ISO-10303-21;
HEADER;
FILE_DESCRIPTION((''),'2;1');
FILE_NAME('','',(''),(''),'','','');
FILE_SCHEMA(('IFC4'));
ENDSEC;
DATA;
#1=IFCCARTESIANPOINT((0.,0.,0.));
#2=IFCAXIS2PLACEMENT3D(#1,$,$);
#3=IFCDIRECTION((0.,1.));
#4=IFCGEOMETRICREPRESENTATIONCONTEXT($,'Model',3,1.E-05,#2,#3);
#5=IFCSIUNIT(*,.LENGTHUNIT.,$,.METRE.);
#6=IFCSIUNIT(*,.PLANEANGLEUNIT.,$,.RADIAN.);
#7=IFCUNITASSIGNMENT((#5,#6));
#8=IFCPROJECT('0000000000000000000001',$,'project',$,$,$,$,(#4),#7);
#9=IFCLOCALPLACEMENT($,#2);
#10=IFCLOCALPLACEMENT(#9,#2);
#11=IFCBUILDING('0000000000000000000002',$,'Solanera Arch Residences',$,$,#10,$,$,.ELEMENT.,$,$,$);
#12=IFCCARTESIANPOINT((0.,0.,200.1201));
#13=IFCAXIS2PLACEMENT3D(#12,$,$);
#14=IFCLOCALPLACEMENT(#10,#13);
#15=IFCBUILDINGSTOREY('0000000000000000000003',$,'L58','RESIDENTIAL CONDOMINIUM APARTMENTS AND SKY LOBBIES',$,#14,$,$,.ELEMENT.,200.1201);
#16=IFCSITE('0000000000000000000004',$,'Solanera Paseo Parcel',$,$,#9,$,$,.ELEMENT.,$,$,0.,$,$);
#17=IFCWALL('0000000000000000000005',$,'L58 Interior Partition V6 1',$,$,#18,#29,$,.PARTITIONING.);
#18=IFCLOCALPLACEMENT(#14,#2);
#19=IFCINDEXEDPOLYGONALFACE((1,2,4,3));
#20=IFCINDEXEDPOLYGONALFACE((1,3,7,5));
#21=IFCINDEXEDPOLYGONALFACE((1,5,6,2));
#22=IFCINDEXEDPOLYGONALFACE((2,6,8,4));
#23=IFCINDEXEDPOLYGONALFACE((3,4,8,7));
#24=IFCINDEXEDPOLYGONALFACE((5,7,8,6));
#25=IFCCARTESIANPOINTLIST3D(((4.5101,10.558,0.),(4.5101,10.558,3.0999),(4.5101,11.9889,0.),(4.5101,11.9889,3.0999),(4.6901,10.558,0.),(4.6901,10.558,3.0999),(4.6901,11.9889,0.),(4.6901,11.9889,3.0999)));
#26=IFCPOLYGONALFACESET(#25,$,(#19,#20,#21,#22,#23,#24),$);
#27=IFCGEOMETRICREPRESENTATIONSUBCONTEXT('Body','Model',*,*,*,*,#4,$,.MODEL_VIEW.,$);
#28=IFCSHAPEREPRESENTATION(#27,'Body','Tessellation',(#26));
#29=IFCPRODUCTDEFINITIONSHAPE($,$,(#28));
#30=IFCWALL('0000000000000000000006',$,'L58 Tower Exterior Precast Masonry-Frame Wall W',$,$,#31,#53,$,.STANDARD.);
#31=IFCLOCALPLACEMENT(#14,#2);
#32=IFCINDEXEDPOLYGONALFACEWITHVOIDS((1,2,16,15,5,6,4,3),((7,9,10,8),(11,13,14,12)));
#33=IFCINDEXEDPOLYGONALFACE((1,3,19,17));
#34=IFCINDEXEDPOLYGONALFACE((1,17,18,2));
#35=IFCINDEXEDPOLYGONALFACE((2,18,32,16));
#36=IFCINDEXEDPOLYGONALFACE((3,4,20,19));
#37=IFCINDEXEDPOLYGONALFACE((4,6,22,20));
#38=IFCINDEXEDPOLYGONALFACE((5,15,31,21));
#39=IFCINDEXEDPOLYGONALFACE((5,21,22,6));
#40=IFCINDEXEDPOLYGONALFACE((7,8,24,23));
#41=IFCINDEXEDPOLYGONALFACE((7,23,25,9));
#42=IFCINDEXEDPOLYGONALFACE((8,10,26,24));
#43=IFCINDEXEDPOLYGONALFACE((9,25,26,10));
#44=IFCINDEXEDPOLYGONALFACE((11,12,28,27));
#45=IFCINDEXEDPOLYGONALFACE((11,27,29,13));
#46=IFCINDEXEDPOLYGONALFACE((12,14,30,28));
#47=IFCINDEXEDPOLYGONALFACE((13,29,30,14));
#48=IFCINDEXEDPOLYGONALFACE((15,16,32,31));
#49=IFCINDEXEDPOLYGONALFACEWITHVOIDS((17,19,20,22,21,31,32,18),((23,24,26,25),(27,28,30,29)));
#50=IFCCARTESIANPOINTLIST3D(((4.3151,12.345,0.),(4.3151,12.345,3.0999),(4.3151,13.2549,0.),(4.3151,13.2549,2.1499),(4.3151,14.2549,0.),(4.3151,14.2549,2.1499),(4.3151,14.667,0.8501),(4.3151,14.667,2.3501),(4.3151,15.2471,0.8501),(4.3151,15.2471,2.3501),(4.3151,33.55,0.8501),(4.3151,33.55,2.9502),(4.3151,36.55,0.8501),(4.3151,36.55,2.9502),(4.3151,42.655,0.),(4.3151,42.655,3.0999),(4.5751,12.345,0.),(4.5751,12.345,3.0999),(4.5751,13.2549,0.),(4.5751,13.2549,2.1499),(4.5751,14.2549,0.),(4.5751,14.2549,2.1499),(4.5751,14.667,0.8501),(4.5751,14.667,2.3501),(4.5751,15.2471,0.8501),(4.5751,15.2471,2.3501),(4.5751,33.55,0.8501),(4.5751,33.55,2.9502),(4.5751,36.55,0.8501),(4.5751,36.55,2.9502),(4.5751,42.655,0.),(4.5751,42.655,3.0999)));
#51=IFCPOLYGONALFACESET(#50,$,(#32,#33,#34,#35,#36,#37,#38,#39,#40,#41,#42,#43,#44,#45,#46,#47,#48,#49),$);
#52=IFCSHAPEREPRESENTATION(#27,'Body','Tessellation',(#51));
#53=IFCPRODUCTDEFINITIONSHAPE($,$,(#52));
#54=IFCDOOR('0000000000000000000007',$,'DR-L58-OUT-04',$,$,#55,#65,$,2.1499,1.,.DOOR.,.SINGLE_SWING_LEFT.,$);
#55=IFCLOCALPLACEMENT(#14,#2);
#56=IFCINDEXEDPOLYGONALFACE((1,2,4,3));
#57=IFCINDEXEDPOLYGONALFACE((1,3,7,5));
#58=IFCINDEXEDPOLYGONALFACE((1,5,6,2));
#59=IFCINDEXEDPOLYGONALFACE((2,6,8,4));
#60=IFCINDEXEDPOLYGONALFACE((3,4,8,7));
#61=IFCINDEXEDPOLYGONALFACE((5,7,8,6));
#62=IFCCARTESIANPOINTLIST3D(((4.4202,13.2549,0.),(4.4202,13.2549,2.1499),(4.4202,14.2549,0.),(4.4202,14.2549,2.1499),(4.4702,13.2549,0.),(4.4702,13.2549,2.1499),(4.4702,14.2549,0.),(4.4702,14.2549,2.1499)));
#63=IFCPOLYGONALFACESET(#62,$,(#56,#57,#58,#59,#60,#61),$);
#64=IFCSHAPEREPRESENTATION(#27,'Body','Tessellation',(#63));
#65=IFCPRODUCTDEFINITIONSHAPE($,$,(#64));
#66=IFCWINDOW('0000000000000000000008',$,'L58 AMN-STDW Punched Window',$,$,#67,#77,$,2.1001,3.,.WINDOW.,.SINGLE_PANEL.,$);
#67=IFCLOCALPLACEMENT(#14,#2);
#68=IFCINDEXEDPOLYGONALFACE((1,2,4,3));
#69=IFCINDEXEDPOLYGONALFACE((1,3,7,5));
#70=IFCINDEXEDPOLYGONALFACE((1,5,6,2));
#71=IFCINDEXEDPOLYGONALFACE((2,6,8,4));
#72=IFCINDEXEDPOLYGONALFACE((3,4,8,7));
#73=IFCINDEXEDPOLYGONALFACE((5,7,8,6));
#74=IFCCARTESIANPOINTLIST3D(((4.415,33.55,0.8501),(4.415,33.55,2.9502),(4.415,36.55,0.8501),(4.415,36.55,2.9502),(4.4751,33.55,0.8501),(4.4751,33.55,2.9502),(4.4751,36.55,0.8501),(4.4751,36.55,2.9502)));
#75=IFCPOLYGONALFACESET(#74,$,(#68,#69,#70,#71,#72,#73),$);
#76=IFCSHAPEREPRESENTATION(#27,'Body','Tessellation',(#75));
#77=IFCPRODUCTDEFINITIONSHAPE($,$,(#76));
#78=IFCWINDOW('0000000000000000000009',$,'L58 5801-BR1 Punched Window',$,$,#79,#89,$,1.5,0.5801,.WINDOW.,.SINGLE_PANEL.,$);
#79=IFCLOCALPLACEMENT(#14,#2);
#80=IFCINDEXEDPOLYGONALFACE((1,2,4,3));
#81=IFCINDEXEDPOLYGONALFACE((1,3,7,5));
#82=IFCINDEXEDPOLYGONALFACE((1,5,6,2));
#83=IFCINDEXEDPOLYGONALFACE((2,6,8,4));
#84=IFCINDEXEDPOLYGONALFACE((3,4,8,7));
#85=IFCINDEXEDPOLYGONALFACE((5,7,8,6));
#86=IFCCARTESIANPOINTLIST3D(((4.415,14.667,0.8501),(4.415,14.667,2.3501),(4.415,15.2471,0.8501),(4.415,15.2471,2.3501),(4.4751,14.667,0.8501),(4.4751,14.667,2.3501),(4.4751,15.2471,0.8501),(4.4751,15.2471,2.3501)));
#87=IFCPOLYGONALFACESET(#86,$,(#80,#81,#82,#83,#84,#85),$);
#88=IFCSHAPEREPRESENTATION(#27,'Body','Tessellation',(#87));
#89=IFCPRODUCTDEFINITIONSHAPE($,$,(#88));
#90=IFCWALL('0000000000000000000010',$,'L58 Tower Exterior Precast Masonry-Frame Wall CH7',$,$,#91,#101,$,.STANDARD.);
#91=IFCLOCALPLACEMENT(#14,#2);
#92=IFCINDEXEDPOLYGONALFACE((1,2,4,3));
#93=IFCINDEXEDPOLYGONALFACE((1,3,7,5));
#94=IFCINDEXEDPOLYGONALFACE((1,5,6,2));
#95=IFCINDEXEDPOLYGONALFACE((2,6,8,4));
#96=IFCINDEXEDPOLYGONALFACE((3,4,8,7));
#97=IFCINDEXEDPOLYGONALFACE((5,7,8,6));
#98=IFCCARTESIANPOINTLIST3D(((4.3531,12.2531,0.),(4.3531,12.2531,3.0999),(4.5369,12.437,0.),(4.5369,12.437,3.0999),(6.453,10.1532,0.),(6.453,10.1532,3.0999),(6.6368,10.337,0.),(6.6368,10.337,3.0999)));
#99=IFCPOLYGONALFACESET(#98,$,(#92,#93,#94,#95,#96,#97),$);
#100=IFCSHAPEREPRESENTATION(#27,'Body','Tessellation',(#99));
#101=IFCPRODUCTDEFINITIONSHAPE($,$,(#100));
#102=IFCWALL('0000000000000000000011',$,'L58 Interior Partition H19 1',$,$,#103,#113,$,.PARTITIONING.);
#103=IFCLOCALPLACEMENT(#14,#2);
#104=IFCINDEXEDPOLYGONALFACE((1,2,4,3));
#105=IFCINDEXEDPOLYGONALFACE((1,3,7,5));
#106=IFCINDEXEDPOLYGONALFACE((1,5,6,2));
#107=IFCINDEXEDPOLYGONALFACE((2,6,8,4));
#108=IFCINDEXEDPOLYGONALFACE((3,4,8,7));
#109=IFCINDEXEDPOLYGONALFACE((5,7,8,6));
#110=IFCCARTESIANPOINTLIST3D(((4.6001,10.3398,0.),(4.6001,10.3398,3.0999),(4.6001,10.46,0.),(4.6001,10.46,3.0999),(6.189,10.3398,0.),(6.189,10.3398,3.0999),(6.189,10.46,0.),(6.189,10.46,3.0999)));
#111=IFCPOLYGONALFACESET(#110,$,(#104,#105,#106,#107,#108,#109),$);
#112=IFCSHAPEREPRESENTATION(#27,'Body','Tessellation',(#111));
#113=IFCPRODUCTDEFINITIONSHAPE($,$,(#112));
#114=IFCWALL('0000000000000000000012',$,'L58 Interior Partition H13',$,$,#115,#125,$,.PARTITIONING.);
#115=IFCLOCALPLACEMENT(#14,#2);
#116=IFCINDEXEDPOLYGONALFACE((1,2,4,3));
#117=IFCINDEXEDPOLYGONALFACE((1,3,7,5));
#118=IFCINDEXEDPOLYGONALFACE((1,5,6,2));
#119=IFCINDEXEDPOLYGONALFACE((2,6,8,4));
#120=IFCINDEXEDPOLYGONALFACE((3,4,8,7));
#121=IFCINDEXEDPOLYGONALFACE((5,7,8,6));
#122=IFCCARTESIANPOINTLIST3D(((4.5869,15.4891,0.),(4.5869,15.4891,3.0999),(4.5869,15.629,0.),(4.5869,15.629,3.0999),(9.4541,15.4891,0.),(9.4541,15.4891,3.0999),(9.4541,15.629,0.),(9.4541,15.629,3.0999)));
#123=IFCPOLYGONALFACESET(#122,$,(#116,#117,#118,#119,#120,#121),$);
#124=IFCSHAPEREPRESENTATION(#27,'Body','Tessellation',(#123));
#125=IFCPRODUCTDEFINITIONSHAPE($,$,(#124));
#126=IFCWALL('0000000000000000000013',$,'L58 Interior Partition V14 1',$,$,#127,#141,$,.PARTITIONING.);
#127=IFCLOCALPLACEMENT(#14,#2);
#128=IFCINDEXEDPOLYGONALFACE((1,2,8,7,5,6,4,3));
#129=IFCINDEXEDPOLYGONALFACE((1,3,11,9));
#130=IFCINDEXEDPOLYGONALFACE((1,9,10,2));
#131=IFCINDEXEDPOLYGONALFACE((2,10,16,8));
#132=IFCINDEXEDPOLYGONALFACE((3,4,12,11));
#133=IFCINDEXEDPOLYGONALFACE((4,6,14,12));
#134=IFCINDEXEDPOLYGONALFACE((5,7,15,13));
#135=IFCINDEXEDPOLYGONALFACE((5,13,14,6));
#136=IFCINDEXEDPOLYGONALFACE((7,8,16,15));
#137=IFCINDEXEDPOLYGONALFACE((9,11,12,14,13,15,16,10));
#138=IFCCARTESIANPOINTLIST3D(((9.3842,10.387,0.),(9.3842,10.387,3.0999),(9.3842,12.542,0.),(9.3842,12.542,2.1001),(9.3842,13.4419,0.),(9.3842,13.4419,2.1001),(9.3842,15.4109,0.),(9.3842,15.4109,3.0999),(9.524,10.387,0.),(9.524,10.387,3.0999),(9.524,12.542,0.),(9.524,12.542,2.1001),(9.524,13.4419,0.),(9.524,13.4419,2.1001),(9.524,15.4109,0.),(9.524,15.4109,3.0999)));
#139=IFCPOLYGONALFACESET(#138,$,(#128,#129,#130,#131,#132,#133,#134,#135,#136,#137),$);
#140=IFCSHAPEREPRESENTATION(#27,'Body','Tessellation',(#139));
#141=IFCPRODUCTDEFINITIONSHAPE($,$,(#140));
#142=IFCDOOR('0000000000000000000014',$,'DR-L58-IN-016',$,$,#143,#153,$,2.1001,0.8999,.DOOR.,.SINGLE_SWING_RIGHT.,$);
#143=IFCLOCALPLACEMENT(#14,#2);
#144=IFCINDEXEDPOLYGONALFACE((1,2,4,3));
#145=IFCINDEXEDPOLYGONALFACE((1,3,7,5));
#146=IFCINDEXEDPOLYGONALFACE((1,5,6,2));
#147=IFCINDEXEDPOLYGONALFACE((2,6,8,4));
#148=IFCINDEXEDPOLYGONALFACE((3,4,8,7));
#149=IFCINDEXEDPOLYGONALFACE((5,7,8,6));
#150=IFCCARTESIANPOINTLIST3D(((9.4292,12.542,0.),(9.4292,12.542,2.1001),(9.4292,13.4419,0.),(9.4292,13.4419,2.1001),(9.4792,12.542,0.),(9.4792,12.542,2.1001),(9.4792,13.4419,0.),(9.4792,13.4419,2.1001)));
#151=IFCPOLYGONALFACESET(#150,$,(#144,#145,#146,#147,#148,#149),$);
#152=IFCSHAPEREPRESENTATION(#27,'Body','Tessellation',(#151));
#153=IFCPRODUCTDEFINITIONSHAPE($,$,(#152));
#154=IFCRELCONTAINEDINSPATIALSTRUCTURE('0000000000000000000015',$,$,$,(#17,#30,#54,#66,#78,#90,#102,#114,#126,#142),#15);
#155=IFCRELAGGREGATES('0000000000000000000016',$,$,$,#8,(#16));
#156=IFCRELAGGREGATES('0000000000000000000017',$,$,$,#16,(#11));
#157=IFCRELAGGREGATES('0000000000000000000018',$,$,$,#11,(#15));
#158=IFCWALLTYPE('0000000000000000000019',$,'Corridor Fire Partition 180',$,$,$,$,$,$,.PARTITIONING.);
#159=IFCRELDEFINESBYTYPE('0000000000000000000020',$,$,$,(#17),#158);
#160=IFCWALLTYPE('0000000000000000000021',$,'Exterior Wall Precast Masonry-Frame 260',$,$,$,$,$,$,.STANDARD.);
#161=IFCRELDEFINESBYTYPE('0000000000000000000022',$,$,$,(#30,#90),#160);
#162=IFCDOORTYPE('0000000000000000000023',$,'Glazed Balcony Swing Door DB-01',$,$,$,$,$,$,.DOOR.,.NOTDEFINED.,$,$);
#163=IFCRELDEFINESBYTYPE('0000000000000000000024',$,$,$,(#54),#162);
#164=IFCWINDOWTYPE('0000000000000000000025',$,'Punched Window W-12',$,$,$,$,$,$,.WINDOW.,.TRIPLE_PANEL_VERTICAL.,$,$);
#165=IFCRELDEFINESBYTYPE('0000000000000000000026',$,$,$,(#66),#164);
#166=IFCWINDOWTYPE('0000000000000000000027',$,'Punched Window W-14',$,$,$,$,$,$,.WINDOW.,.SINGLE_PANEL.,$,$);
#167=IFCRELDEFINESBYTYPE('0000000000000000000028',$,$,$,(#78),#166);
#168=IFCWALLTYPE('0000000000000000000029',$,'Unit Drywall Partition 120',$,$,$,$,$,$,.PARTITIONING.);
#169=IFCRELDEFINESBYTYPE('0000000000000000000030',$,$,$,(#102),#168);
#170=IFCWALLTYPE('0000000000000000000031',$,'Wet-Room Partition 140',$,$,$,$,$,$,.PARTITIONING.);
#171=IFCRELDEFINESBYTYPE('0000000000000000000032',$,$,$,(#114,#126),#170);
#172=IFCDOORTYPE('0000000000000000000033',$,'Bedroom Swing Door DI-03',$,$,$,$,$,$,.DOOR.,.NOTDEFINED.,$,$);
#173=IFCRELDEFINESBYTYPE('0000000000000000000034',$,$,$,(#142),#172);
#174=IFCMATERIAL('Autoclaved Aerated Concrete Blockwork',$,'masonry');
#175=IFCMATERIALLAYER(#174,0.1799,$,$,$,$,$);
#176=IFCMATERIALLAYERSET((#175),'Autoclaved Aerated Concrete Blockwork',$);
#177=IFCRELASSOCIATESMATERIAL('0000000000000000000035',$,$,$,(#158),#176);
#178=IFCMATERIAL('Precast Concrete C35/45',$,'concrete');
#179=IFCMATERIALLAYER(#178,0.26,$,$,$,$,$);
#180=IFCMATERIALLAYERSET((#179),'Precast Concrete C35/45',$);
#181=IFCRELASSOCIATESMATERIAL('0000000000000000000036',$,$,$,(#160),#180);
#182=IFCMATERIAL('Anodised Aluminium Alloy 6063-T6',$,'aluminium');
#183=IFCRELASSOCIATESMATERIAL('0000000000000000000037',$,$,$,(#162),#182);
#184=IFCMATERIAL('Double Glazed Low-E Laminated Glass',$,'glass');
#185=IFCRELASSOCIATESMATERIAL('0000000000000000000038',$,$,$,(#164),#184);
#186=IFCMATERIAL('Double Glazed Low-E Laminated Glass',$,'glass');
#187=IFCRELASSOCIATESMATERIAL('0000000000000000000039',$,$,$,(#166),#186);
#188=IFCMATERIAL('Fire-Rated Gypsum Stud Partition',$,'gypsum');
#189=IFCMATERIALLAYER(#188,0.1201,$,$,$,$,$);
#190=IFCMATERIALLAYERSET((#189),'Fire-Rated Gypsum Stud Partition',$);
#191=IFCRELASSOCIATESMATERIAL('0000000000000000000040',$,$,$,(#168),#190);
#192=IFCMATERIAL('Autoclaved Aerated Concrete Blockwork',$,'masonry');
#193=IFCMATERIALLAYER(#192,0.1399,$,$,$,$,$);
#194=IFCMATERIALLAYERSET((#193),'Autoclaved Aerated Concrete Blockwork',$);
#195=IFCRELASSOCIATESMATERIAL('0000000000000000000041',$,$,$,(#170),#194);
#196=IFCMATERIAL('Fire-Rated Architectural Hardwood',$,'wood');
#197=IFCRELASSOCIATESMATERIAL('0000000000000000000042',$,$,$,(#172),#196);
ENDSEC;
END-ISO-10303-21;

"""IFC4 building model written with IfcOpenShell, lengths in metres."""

from ifc_helpers import new_model, si_unit, direction, frame, frame_2d, origin, place, context, subcontext, project, spatial, rectangle, extrude, material, layer, layer_set, type_object, element, fill, save


model = new_model("IFC4")

# Units and contexts
model_context = context("Model", 3, precision=1e-05, world=origin(), true_north=direction((0.0, 1.0)))
body_context = subcontext(model_context, "Body", "Model", "MODEL_VIEW")
ifc_project = project(units=[si_unit("LENGTHUNIT", "METRE"), si_unit("PLANEANGLEUNIT", "RADIAN")], contexts=[model_context])

# Site, building, storey
site_placement = place(None, origin())
site = spatial("IfcSite", under=ifc_project, at=site_placement, Name="Solanera Paseo Parcel", CompositionType="ELEMENT", RefElevation=0.0)
building_placement = place(site_placement, origin())
building = spatial("IfcBuilding", under=site, at=building_placement, Name="Solanera Arch Residences", CompositionType="ELEMENT")
storey_placement = place(building_placement, frame((0.0, 0.0, 200.1201)))
storey = spatial("IfcBuildingStorey", under=building, at=storey_placement, Name="L58", Description="RESIDENTIAL CONDOMINIUM APARTMENTS AND SKY LOBBIES", CompositionType="ELEMENT", Elevation=200.1201)

# Wall
ifc_material_1 = material(Name="Autoclaved Aerated Concrete Blockwork", Category="masonry")
ifc_layer_1 = layer(ifc_material_1, 0.1799)
ifc_layer_set_1 = layer_set([ifc_layer_1], Name="Autoclaved Aerated Concrete Blockwork")
wall_type_1 = type_object("IfcWallType", Name="Corridor Fire Partition 180", PredefinedType="PARTITIONING", material=ifc_layer_set_1)
wall_1_placement = place(storey_placement, frame((4.6001, 10.5581, 0.0), z_axis=(0.0, 0.0, 1.0), x_axis=(0.0, 1.0, 0.0)))
element("IfcWall", 1, at=wall_1_placement, inside=storey, type_object=wall_type_1, Name="L58 Interior Partition V6 1", PredefinedType="PARTITIONING", context=body_context, shape_type="SweptSolid", body=[
    extrude(rectangle(XDim=1.4309, YDim=0.1799, at=frame_2d((0.7153, 0.0))), origin(), (0.0, 0.0, 1.0), 3.0999),
])

# Wall, openings, door, windows
ifc_material_2 = material(Name="Precast Concrete C35/45", Category="concrete")
ifc_layer_2 = layer(ifc_material_2, 0.26)
ifc_layer_set_2 = layer_set([ifc_layer_2], Name="Precast Concrete C35/45")
wall_type_2 = type_object("IfcWallType", Name="Exterior Wall Precast Masonry-Frame 260", PredefinedType="STANDARD", material=ifc_layer_set_2)
wall_2_placement = place(storey_placement, frame((4.4451, 12.345, 0.0), z_axis=(0.0, 0.0, 1.0), x_axis=(0.0, 1.0, 0.0)))
wall_2 = element("IfcWall", 2, at=wall_2_placement, inside=storey, type_object=wall_type_2, Name="L58 Tower Exterior Precast Masonry-Frame Wall W", PredefinedType="STANDARD", context=body_context, shape_type="SweptSolid", body=[
    extrude(rectangle(XDim=30.3101, YDim=0.26, at=frame_2d((15.155, 0.0))), origin(), (0.0, 0.0, 1.0), 3.0999),
])
opening_1_placement = place(wall_2_placement, frame((0.9099, 0.0, 0.0)))
opening_1 = element("IfcOpeningElement", 3, at=opening_1_placement, cuts=wall_2, PredefinedType="OPENING", context=body_context, shape_type="SweptSolid", body=[
    extrude(rectangle(XDim=1.0, YDim=2.1499, at=frame_2d((0.5, 1.075))), frame((0.0, 0.1399, 0.0), z_axis=(0.0, -1.0, 0.0), x_axis=(1.0, 0.0, 0.0)), (0.0, 0.0, 1.0), 0.28),
])
opening_2_placement = place(wall_2_placement, frame((2.322, 0.0, 0.8501)))
opening_2 = element("IfcOpeningElement", 4, at=opening_2_placement, cuts=wall_2, PredefinedType="OPENING", context=body_context, shape_type="SweptSolid", body=[
    extrude(rectangle(XDim=0.5801, YDim=1.5, at=frame_2d((0.29, 0.75))), frame((0.0, 0.1399, 0.0), z_axis=(0.0, -1.0, 0.0), x_axis=(1.0, 0.0, 0.0)), (0.0, 0.0, 1.0), 0.28),
])
opening_3_placement = place(wall_2_placement, frame((21.2051, 0.0, 0.8501)))
opening_3 = element("IfcOpeningElement", 5, at=opening_3_placement, cuts=wall_2, PredefinedType="OPENING", context=body_context, shape_type="SweptSolid", body=[
    extrude(rectangle(XDim=3.0, YDim=2.1001, at=frame_2d((1.5, 1.05))), frame((0.0, 0.1399, 0.0), z_axis=(0.0, -1.0, 0.0), x_axis=(1.0, 0.0, 0.0)), (0.0, 0.0, 1.0), 0.28),
])
ifc_material_3 = material(Name="Anodised Aluminium Alloy 6063-T6", Category="aluminium")
door_type_1 = type_object("IfcDoorType", Name="Glazed Balcony Swing Door DB-01", OperationType="NOTDEFINED", PredefinedType="DOOR", material=ifc_material_3)
door_1_placement = place(opening_1_placement, origin())
door_1 = element("IfcDoor", 6, at=door_1_placement, inside=storey, type_object=door_type_1, Name="DR-L58-OUT-04", OperationType="SINGLE_SWING_LEFT", OverallHeight=2.1499, OverallWidth=1.0, PredefinedType="DOOR", context=body_context, shape_type="SweptSolid", body=[
    extrude(rectangle(XDim=1.0, YDim=2.1499, at=frame_2d((0.5, 1.075))), frame((0.0, 0.0249, 0.0), z_axis=(0.0, -1.0, 0.0), x_axis=(1.0, 0.0, 0.0)), (0.0, 0.0, 1.0), 0.05),
])
fill(opening_1, door_1)
ifc_material_4 = material(Name="Double Glazed Low-E Laminated Glass", Category="glass")
window_type_1 = type_object("IfcWindowType", Name="Punched Window W-12", PartitioningType="TRIPLE_PANEL_VERTICAL", PredefinedType="WINDOW", material=ifc_material_4)
window_1_placement = place(opening_3_placement, origin())
window_1 = element("IfcWindow", 7, at=window_1_placement, inside=storey, type_object=window_type_1, Name="L58 AMN-STDW Punched Window", OverallHeight=2.1001, OverallWidth=3.0, PartitioningType="SINGLE_PANEL", PredefinedType="WINDOW", context=body_context, shape_type="SweptSolid", body=[
    extrude(rectangle(XDim=3.0, YDim=2.1001, at=frame_2d((1.5, 1.05))), frame((0.0, 0.03, 0.0), z_axis=(0.0, -1.0, 0.0), x_axis=(1.0, 0.0, 0.0)), (0.0, 0.0, 1.0), 0.0601),
])
fill(opening_3, window_1)
ifc_material_5 = material(Name="Double Glazed Low-E Laminated Glass", Category="glass")
window_type_2 = type_object("IfcWindowType", Name="Punched Window W-14", PartitioningType="SINGLE_PANEL", PredefinedType="WINDOW", material=ifc_material_5)
window_2_placement = place(opening_2_placement, origin())
window_2 = element("IfcWindow", 8, at=window_2_placement, inside=storey, type_object=window_type_2, Name="L58 5801-BR1 Punched Window", OverallHeight=1.5, OverallWidth=0.5801, PartitioningType="SINGLE_PANEL", PredefinedType="WINDOW", context=body_context, shape_type="SweptSolid", body=[
    extrude(rectangle(XDim=0.5801, YDim=1.5, at=frame_2d((0.29, 0.75))), frame((0.0, 0.03, 0.0), z_axis=(0.0, -1.0, 0.0), x_axis=(1.0, 0.0, 0.0)), (0.0, 0.0, 1.0), 0.0601),
])
fill(opening_2, window_2)

# Walls
wall_3_placement = place(storey_placement, frame((6.5449, 10.2451, 0.0), z_axis=(0.0, 0.0, 1.0), x_axis=(-0.707107, 0.707107, 0.0)))
element("IfcWall", 9, at=wall_3_placement, inside=storey, type_object=wall_type_2, Name="L58 Tower Exterior Precast Masonry-Frame Wall CH7", PredefinedType="STANDARD", context=body_context, shape_type="SweptSolid", body=[
    extrude(rectangle(XDim=2.9697, YDim=0.26, at=frame_2d((1.4849, 0.0))), origin(), (0.0, 0.0, 1.0), 3.0999),
])
ifc_material_6 = material(Name="Fire-Rated Gypsum Stud Partition", Category="gypsum")
ifc_layer_3 = layer(ifc_material_6, 0.1201)
ifc_layer_set_3 = layer_set([ifc_layer_3], Name="Fire-Rated Gypsum Stud Partition")
wall_type_3 = type_object("IfcWallType", Name="Unit Drywall Partition 120", PredefinedType="PARTITIONING", material=ifc_layer_set_3)
wall_4_placement = place(storey_placement, frame((4.6001, 10.3999, 0.0), z_axis=(0.0, 0.0, 1.0), x_axis=(1.0, 0.0, 0.0)))
element("IfcWall", 10, at=wall_4_placement, inside=storey, type_object=wall_type_3, Name="L58 Interior Partition H19 1", PredefinedType="PARTITIONING", context=body_context, shape_type="SweptSolid", body=[
    extrude(rectangle(XDim=1.5889, YDim=0.1201, at=frame_2d((0.7944, 0.0))), origin(), (0.0, 0.0, 1.0), 3.0999),
])
ifc_material_7 = material(Name="Autoclaved Aerated Concrete Blockwork", Category="masonry")
ifc_layer_4 = layer(ifc_material_7, 0.1399)
ifc_layer_set_4 = layer_set([ifc_layer_4], Name="Autoclaved Aerated Concrete Blockwork")
wall_type_4 = type_object("IfcWallType", Name="Wet-Room Partition 140", PredefinedType="PARTITIONING", material=ifc_layer_set_4)
wall_5_placement = place(storey_placement, frame((4.5869, 15.5591, 0.0), z_axis=(0.0, 0.0, 1.0), x_axis=(1.0, 0.0, 0.0)))
element("IfcWall", 11, at=wall_5_placement, inside=storey, type_object=wall_type_4, Name="L58 Interior Partition H13", PredefinedType="PARTITIONING", context=body_context, shape_type="SweptSolid", body=[
    extrude(rectangle(XDim=4.8672, YDim=0.1399, at=frame_2d((2.4336, 0.0))), origin(), (0.0, 0.0, 1.0), 3.0999),
])

# Wall, opening, door
wall_6_placement = place(storey_placement, frame((9.4541, 10.387, 0.0), z_axis=(0.0, 0.0, 1.0), x_axis=(0.0, 1.0, 0.0)))
wall_6 = element("IfcWall", 12, at=wall_6_placement, inside=storey, type_object=wall_type_4, Name="L58 Interior Partition V14 1", PredefinedType="PARTITIONING", context=body_context, shape_type="SweptSolid", body=[
    extrude(rectangle(XDim=5.0239, YDim=0.1399, at=frame_2d((2.512, 0.0))), origin(), (0.0, 0.0, 1.0), 3.0999),
])
opening_4_placement = place(wall_6_placement, frame((2.155, 0.0, 0.0)))
opening_4 = element("IfcOpeningElement", 13, at=opening_4_placement, cuts=wall_6, PredefinedType="OPENING", context=body_context, shape_type="SweptSolid", body=[
    extrude(rectangle(XDim=0.8999, YDim=2.1001, at=frame_2d((0.45, 1.05))), frame((0.0, 0.0798, 0.0), z_axis=(0.0, -1.0, 0.0), x_axis=(1.0, 0.0, 0.0)), (0.0, 0.0, 1.0), 0.1599),
])
ifc_material_8 = material(Name="Fire-Rated Architectural Hardwood", Category="wood")
door_type_2 = type_object("IfcDoorType", Name="Bedroom Swing Door DI-03", OperationType="NOTDEFINED", PredefinedType="DOOR", material=ifc_material_8)
door_2_placement = place(opening_4_placement, origin())
door_2 = element("IfcDoor", 14, at=door_2_placement, inside=storey, type_object=door_type_2, Name="DR-L58-IN-016", OperationType="SINGLE_SWING_RIGHT", OverallHeight=2.1001, OverallWidth=0.8999, PredefinedType="DOOR", context=body_context, shape_type="SweptSolid", body=[
    extrude(rectangle(XDim=0.8999, YDim=2.1001, at=frame_2d((0.45, 1.05))), frame((0.0, 0.0249, 0.0), z_axis=(0.0, -1.0, 0.0), x_axis=(1.0, 0.0, 0.0)), (0.0, 0.0, 1.0), 0.05),
])
fill(opening_4, door_2)

save(model, "model.ifc")
